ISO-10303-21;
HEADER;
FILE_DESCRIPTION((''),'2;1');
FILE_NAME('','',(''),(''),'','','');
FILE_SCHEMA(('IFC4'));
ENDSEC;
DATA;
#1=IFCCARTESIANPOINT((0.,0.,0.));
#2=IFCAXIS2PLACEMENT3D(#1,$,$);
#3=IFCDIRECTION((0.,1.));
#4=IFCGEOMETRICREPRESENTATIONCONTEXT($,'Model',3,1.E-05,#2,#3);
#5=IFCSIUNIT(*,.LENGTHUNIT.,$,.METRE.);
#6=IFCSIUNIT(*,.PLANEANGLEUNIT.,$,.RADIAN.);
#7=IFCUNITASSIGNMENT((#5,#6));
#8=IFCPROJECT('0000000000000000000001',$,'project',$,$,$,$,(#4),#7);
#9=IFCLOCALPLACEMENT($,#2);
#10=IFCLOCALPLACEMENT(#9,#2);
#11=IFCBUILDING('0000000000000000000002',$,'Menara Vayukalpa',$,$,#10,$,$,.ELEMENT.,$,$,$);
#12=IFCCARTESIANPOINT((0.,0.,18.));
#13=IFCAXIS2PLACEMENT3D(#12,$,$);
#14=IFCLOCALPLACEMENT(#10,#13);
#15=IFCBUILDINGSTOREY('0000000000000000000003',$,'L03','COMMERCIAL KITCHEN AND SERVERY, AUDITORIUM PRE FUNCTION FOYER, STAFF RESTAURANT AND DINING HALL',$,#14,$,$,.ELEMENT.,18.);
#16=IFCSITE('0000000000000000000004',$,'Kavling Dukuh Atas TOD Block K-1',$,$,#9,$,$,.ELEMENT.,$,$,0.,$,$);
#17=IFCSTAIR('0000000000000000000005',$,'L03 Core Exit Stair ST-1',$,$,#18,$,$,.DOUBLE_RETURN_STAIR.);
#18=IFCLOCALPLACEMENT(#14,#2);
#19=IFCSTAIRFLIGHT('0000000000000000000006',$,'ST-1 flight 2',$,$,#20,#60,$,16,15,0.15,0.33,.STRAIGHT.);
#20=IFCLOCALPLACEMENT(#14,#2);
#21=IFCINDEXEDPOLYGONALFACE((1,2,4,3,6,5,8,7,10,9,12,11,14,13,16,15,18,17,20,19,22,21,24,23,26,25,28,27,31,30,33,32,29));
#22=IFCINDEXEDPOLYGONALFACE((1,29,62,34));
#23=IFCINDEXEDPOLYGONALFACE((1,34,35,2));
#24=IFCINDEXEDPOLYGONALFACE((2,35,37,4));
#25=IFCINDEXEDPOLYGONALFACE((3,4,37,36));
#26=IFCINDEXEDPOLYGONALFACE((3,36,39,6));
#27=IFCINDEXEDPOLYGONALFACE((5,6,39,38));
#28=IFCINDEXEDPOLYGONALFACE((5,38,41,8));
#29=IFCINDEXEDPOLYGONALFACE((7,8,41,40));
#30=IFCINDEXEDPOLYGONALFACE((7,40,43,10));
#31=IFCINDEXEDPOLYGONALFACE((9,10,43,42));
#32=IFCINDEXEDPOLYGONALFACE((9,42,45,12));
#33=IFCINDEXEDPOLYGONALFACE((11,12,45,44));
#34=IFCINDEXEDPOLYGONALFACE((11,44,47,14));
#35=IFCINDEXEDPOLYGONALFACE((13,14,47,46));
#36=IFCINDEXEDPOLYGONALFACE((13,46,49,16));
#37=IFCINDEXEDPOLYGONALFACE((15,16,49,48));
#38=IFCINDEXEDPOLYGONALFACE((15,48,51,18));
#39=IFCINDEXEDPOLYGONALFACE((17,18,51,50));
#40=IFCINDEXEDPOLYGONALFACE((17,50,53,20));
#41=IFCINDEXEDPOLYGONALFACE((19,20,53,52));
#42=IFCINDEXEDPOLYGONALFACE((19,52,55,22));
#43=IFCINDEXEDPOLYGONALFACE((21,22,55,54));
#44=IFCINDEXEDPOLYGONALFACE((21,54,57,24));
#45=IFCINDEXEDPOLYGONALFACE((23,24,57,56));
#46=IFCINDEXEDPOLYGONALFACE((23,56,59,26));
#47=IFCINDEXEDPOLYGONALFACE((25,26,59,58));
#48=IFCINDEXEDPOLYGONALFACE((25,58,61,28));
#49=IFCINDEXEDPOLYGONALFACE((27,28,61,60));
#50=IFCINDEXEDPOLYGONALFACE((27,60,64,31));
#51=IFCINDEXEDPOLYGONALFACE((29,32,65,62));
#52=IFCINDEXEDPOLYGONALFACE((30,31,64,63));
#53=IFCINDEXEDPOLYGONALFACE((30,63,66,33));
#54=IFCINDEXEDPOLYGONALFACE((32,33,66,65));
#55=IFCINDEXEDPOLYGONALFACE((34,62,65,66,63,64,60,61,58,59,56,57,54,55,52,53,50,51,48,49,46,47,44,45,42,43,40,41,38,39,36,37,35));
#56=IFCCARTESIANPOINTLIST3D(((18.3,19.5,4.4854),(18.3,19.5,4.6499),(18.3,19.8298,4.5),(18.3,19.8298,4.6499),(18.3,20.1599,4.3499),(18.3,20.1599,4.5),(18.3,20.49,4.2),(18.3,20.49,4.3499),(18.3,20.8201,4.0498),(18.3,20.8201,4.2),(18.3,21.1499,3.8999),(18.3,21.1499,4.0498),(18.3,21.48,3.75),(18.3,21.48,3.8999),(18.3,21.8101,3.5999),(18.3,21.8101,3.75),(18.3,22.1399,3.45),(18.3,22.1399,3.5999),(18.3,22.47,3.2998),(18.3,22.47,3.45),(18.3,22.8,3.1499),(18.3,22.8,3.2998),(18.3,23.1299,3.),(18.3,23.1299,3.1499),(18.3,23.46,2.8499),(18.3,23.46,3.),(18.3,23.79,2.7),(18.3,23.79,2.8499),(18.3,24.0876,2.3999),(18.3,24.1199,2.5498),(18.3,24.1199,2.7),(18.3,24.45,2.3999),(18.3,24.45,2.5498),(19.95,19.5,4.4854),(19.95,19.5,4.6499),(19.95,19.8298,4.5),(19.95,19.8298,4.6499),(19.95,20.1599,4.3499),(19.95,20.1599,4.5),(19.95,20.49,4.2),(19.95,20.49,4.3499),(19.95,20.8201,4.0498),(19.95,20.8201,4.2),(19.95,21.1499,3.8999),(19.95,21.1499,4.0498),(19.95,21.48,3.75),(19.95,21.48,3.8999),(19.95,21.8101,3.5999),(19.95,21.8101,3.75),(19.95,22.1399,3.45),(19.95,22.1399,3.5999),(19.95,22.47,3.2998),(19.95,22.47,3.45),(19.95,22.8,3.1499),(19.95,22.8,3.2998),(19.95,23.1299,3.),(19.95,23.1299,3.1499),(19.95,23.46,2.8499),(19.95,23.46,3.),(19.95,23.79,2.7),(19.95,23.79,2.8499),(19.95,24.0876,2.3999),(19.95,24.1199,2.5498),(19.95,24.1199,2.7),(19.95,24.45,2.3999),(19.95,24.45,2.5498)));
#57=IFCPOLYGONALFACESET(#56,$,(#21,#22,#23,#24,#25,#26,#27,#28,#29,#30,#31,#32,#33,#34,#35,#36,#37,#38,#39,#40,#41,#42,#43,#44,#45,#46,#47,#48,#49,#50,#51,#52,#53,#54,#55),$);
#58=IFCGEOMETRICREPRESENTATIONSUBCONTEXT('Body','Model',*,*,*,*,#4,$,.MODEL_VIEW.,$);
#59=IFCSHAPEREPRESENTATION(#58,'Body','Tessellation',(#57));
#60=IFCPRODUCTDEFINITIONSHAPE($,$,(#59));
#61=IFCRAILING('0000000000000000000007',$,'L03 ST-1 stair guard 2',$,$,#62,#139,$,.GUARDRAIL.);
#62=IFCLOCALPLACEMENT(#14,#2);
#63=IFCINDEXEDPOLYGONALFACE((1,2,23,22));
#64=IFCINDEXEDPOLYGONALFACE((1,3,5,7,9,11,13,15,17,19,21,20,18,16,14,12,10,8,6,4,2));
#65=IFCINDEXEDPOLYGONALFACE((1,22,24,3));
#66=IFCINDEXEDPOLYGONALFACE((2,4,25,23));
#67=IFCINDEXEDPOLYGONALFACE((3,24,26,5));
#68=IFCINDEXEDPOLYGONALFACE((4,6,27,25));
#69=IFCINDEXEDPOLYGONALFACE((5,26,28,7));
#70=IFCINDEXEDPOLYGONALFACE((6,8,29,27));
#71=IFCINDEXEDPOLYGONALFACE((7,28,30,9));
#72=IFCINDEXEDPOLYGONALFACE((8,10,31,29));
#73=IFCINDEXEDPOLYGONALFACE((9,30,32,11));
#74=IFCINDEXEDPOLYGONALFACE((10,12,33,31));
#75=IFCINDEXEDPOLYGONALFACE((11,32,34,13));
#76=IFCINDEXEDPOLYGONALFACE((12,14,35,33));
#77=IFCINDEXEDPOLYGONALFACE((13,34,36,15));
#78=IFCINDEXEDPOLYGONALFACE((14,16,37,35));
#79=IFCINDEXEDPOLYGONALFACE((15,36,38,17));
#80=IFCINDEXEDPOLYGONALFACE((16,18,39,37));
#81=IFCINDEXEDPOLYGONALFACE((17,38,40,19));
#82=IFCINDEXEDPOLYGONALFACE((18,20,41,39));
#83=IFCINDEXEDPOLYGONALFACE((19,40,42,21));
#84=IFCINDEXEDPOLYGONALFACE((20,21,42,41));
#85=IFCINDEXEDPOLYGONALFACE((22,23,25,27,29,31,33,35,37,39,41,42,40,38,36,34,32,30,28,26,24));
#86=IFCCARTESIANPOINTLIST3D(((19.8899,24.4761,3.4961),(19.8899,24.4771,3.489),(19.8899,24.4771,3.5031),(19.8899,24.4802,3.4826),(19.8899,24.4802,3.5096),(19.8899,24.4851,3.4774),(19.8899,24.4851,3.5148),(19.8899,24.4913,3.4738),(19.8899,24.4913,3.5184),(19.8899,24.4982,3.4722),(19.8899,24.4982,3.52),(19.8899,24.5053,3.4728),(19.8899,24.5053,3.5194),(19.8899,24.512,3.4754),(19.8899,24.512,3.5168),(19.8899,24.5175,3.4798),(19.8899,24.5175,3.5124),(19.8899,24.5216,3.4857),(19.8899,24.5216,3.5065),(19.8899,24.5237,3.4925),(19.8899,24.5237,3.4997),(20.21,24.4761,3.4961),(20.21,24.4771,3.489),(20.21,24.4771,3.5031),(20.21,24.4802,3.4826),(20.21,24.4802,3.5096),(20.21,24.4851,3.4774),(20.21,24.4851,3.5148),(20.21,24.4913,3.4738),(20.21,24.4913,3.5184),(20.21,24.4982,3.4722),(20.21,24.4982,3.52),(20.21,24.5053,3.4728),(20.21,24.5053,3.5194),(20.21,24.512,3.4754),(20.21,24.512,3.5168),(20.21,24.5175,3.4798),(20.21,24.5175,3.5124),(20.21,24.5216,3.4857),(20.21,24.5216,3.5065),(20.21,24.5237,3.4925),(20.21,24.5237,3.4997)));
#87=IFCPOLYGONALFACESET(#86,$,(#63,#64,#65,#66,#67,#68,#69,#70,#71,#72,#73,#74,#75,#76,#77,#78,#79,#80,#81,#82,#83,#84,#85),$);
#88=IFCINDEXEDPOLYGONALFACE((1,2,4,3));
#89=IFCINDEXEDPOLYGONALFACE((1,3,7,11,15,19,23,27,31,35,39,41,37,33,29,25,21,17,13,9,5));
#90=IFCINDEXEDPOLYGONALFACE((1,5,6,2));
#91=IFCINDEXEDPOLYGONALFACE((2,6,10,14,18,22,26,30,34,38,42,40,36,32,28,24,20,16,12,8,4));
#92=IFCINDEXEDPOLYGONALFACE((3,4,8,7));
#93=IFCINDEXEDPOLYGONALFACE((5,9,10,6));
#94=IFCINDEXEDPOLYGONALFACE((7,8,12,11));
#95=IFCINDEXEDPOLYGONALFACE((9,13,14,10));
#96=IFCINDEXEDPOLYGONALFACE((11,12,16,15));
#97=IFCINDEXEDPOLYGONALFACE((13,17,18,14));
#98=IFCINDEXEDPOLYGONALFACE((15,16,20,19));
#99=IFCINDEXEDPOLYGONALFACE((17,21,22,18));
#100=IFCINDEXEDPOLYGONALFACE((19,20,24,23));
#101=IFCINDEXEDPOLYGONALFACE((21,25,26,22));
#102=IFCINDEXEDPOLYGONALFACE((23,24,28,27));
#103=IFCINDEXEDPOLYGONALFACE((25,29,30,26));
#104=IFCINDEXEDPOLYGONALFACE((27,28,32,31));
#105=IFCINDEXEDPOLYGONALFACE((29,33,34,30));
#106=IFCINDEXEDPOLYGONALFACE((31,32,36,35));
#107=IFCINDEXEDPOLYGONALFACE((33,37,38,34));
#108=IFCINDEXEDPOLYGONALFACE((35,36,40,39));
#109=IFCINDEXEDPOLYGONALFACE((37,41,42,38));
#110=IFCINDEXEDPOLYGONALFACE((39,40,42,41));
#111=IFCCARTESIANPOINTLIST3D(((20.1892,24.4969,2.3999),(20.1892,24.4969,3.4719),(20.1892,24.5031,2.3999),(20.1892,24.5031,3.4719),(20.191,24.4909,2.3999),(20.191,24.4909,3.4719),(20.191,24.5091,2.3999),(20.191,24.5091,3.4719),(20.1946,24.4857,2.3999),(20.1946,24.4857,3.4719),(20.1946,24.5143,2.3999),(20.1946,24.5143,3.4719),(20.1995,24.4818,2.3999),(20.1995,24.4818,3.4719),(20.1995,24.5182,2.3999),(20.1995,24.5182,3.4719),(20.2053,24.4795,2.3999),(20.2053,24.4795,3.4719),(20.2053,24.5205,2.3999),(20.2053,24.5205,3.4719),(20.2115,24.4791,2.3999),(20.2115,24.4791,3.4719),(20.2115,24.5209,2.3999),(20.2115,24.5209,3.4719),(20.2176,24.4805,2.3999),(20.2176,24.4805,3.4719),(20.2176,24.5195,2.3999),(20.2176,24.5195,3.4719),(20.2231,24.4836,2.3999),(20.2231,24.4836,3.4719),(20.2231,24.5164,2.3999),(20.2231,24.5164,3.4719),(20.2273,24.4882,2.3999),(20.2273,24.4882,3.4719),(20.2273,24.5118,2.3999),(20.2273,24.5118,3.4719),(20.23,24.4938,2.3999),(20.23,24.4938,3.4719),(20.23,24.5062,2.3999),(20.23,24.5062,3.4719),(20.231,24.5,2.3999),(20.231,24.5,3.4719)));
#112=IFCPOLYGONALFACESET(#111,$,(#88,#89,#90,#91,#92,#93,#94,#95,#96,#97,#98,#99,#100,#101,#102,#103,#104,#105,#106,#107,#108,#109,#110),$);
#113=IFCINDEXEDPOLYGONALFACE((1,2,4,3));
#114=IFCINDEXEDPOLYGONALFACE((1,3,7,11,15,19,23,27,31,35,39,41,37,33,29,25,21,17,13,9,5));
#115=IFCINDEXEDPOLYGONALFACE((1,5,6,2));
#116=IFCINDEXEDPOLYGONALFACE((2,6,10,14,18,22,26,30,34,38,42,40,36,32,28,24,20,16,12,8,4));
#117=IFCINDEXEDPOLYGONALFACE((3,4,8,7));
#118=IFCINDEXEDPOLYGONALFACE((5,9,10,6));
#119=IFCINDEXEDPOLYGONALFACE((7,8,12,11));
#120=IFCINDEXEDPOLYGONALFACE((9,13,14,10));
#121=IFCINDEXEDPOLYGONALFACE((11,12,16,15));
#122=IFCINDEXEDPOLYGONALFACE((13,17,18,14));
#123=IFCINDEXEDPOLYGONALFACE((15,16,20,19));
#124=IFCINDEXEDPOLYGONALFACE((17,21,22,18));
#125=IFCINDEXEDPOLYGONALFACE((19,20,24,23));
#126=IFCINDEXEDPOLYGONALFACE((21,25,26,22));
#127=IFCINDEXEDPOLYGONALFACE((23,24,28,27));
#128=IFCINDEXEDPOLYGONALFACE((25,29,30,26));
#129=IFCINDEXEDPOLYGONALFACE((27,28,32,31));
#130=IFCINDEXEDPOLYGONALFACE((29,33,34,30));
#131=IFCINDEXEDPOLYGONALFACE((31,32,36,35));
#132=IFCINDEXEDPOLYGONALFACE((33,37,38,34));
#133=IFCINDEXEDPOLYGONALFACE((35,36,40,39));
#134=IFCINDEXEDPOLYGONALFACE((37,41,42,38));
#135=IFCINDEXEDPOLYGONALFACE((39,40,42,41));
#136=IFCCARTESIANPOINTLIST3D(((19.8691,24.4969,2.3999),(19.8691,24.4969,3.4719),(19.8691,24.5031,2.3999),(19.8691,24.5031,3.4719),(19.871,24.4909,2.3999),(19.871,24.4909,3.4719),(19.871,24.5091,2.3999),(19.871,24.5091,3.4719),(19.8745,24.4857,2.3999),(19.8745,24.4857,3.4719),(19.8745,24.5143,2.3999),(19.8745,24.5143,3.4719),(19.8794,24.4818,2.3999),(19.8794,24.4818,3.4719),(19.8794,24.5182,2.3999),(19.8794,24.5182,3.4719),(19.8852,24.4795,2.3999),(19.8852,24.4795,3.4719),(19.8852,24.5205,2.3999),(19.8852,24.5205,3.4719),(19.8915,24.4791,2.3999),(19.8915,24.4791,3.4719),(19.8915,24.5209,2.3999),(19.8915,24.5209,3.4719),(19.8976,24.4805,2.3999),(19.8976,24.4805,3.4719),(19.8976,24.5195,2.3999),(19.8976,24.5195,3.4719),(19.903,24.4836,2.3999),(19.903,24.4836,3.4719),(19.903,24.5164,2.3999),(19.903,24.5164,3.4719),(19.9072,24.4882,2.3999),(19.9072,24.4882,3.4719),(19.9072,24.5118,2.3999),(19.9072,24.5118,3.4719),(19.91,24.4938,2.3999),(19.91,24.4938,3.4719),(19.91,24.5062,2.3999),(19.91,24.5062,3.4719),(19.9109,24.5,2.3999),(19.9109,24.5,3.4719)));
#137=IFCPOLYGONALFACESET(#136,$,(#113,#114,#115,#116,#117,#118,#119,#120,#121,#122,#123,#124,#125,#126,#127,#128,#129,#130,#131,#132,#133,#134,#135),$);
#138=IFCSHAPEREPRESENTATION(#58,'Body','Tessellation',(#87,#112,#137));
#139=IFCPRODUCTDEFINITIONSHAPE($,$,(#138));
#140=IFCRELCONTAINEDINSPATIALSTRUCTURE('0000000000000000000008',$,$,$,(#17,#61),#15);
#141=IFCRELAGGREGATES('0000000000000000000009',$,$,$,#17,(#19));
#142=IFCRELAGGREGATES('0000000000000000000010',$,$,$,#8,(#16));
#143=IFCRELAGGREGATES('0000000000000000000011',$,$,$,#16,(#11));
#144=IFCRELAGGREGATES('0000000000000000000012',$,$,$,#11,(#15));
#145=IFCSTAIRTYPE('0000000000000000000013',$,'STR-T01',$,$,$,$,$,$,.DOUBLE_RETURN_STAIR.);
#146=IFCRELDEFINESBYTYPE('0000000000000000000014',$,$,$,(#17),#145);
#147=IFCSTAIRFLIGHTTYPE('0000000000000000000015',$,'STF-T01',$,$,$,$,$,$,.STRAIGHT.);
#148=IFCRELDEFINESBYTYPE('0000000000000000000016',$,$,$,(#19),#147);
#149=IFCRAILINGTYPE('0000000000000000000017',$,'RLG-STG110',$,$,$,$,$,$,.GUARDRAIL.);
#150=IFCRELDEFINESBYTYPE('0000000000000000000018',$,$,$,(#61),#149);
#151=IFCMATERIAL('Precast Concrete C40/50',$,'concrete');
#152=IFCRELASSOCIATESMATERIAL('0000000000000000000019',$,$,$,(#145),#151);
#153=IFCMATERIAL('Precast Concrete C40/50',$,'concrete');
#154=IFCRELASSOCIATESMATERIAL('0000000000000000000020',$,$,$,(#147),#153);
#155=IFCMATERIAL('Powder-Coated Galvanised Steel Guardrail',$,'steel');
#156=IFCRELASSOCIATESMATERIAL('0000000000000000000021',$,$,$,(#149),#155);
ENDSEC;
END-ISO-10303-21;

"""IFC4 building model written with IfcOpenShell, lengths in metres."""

from ifc_helpers import new_model, si_unit, direction, frame, origin, origin_2d, place, context, subcontext, project, spatial, polyline, circle, outline, extrude, material, type_object, element, aggregate, save


model = new_model("IFC4")

# Units and contexts
model_context = context("Model", 3, precision=1e-05, world=origin(), true_north=direction((0.0, 1.0)))
body_context = subcontext(model_context, "Body", "Model", "MODEL_VIEW")
ifc_project = project(units=[si_unit("LENGTHUNIT", "METRE"), si_unit("PLANEANGLEUNIT", "RADIAN")], contexts=[model_context])

# Site, building, storey
site_placement = place(None, origin())
site = spatial("IfcSite", under=ifc_project, at=site_placement, Name="Kavling Dukuh Atas TOD Block K-1", CompositionType="ELEMENT", RefElevation=0.0)
building_placement = place(site_placement, origin())
building = spatial("IfcBuilding", under=site, at=building_placement, Name="Menara Vayukalpa", CompositionType="ELEMENT")
storey_placement = place(building_placement, frame((0.0, 0.0, 18.0)))
storey = spatial("IfcBuildingStorey", under=building, at=storey_placement, Name="L03", Description="COMMERCIAL KITCHEN AND SERVERY, AUDITORIUM PRE FUNCTION FOYER, STAFF RESTAURANT AND DINING HALL", CompositionType="ELEMENT", Elevation=18.0)

# Stair, stair flight
ifc_material_1 = material(Name="Precast Concrete C40/50", Category="concrete")
stair_type = type_object("IfcStairType", Name="STR-T01", PredefinedType="DOUBLE_RETURN_STAIR", material=ifc_material_1)
stair_placement = place(storey_placement, origin())
stair = element("IfcStair", 1, at=stair_placement, inside=storey, type_object=stair_type, Name="L03 Core Exit Stair ST-1", PredefinedType="DOUBLE_RETURN_STAIR")
ifc_material_2 = material(Name="Precast Concrete C40/50", Category="concrete")
stair_flight_type = type_object("IfcStairFlightType", Name="STF-T01", PredefinedType="STRAIGHT", material=ifc_material_2)
stair_flight_placement = place(storey_placement, frame((19.125, 24.45, 2.3999), z_axis=(0.0, 0.0, 1.0), x_axis=(0.0, -1.0, 0.0)))
stair_flight = element("IfcStairFlight", 2, at=stair_flight_placement, type_object=stair_flight_type, Name="ST-1 flight 2", NumberOfRisers=16, NumberOfTreads=15, PredefinedType="STRAIGHT", RiserHeight=0.15, TreadLength=0.33, context=body_context, shape_type="SweptSolid", body=[
    extrude(outline(polyline([(0.0, 0.0), (0.0, 0.1499), (0.3301, 0.1499), (0.3301, 0.3), (0.6599, 0.3), (0.6599, 0.45), (0.99, 0.45), (0.99, 0.6001), (1.3201, 0.6001), (1.3201, 0.75), (1.6499, 0.75), (1.6499, 0.8999), (1.98, 0.8999), (1.98, 1.05), (2.3101, 1.05), (2.3101, 1.2), (2.6399, 1.2), (2.6399, 1.3501), (2.97, 1.3501), (2.97, 1.5), (3.3, 1.5), (3.3, 1.6499), (3.6299, 1.6499), (3.6299, 1.8), (3.96, 1.8), (3.96, 1.95), (4.29, 1.95), (4.29, 2.1001), (4.6201, 2.1001), (4.6201, 2.25), (4.95, 2.25), (4.95, 2.3999), (4.95, 2.0854), (0.3623, 0.0), (0.0, 0.0)])), frame((0.0, 0.825, 0.0), z_axis=(0.0, -1.0, 0.0), x_axis=(1.0, 0.0, 0.0)), (0.0, 0.0, 1.0), 1.6499),
])
aggregate(stair, [stair_flight])

# Railing
ifc_material_3 = material(Name="Powder-Coated Galvanised Steel Guardrail", Category="steel")
railing_type_1 = type_object("IfcRailingType", Name="RLG-STG110", PredefinedType="GUARDRAIL", material=ifc_material_3)
railing_1_placement = place(storey_placement, frame((20.21, 24.5, 2.3999)))
element("IfcRailing", 3, at=railing_1_placement, inside=storey, type_object=railing_type_1, Name="L03 ST-1 stair guard 2", PredefinedType="GUARDRAIL", context=body_context, shape_type="SweptSolid", body=[
    extrude(circle(Radius=0.0239, at=origin_2d()), frame((0.0, 0.0, 1.0962), z_axis=(-1.0, 0.0, 0.0), x_axis=(0.0, -1.0, 0.0)), (0.0, 0.0, 1.0), 0.3201),
    extrude(circle(Radius=0.021, at=origin_2d()), origin(), (0.0, 0.0, 1.0), 1.072),
    extrude(circle(Radius=0.021, at=origin_2d()), frame((-0.3201, 0.0, 0.0)), (0.0, 0.0, 1.0), 1.072),
])

save(model, "model.ifc")
